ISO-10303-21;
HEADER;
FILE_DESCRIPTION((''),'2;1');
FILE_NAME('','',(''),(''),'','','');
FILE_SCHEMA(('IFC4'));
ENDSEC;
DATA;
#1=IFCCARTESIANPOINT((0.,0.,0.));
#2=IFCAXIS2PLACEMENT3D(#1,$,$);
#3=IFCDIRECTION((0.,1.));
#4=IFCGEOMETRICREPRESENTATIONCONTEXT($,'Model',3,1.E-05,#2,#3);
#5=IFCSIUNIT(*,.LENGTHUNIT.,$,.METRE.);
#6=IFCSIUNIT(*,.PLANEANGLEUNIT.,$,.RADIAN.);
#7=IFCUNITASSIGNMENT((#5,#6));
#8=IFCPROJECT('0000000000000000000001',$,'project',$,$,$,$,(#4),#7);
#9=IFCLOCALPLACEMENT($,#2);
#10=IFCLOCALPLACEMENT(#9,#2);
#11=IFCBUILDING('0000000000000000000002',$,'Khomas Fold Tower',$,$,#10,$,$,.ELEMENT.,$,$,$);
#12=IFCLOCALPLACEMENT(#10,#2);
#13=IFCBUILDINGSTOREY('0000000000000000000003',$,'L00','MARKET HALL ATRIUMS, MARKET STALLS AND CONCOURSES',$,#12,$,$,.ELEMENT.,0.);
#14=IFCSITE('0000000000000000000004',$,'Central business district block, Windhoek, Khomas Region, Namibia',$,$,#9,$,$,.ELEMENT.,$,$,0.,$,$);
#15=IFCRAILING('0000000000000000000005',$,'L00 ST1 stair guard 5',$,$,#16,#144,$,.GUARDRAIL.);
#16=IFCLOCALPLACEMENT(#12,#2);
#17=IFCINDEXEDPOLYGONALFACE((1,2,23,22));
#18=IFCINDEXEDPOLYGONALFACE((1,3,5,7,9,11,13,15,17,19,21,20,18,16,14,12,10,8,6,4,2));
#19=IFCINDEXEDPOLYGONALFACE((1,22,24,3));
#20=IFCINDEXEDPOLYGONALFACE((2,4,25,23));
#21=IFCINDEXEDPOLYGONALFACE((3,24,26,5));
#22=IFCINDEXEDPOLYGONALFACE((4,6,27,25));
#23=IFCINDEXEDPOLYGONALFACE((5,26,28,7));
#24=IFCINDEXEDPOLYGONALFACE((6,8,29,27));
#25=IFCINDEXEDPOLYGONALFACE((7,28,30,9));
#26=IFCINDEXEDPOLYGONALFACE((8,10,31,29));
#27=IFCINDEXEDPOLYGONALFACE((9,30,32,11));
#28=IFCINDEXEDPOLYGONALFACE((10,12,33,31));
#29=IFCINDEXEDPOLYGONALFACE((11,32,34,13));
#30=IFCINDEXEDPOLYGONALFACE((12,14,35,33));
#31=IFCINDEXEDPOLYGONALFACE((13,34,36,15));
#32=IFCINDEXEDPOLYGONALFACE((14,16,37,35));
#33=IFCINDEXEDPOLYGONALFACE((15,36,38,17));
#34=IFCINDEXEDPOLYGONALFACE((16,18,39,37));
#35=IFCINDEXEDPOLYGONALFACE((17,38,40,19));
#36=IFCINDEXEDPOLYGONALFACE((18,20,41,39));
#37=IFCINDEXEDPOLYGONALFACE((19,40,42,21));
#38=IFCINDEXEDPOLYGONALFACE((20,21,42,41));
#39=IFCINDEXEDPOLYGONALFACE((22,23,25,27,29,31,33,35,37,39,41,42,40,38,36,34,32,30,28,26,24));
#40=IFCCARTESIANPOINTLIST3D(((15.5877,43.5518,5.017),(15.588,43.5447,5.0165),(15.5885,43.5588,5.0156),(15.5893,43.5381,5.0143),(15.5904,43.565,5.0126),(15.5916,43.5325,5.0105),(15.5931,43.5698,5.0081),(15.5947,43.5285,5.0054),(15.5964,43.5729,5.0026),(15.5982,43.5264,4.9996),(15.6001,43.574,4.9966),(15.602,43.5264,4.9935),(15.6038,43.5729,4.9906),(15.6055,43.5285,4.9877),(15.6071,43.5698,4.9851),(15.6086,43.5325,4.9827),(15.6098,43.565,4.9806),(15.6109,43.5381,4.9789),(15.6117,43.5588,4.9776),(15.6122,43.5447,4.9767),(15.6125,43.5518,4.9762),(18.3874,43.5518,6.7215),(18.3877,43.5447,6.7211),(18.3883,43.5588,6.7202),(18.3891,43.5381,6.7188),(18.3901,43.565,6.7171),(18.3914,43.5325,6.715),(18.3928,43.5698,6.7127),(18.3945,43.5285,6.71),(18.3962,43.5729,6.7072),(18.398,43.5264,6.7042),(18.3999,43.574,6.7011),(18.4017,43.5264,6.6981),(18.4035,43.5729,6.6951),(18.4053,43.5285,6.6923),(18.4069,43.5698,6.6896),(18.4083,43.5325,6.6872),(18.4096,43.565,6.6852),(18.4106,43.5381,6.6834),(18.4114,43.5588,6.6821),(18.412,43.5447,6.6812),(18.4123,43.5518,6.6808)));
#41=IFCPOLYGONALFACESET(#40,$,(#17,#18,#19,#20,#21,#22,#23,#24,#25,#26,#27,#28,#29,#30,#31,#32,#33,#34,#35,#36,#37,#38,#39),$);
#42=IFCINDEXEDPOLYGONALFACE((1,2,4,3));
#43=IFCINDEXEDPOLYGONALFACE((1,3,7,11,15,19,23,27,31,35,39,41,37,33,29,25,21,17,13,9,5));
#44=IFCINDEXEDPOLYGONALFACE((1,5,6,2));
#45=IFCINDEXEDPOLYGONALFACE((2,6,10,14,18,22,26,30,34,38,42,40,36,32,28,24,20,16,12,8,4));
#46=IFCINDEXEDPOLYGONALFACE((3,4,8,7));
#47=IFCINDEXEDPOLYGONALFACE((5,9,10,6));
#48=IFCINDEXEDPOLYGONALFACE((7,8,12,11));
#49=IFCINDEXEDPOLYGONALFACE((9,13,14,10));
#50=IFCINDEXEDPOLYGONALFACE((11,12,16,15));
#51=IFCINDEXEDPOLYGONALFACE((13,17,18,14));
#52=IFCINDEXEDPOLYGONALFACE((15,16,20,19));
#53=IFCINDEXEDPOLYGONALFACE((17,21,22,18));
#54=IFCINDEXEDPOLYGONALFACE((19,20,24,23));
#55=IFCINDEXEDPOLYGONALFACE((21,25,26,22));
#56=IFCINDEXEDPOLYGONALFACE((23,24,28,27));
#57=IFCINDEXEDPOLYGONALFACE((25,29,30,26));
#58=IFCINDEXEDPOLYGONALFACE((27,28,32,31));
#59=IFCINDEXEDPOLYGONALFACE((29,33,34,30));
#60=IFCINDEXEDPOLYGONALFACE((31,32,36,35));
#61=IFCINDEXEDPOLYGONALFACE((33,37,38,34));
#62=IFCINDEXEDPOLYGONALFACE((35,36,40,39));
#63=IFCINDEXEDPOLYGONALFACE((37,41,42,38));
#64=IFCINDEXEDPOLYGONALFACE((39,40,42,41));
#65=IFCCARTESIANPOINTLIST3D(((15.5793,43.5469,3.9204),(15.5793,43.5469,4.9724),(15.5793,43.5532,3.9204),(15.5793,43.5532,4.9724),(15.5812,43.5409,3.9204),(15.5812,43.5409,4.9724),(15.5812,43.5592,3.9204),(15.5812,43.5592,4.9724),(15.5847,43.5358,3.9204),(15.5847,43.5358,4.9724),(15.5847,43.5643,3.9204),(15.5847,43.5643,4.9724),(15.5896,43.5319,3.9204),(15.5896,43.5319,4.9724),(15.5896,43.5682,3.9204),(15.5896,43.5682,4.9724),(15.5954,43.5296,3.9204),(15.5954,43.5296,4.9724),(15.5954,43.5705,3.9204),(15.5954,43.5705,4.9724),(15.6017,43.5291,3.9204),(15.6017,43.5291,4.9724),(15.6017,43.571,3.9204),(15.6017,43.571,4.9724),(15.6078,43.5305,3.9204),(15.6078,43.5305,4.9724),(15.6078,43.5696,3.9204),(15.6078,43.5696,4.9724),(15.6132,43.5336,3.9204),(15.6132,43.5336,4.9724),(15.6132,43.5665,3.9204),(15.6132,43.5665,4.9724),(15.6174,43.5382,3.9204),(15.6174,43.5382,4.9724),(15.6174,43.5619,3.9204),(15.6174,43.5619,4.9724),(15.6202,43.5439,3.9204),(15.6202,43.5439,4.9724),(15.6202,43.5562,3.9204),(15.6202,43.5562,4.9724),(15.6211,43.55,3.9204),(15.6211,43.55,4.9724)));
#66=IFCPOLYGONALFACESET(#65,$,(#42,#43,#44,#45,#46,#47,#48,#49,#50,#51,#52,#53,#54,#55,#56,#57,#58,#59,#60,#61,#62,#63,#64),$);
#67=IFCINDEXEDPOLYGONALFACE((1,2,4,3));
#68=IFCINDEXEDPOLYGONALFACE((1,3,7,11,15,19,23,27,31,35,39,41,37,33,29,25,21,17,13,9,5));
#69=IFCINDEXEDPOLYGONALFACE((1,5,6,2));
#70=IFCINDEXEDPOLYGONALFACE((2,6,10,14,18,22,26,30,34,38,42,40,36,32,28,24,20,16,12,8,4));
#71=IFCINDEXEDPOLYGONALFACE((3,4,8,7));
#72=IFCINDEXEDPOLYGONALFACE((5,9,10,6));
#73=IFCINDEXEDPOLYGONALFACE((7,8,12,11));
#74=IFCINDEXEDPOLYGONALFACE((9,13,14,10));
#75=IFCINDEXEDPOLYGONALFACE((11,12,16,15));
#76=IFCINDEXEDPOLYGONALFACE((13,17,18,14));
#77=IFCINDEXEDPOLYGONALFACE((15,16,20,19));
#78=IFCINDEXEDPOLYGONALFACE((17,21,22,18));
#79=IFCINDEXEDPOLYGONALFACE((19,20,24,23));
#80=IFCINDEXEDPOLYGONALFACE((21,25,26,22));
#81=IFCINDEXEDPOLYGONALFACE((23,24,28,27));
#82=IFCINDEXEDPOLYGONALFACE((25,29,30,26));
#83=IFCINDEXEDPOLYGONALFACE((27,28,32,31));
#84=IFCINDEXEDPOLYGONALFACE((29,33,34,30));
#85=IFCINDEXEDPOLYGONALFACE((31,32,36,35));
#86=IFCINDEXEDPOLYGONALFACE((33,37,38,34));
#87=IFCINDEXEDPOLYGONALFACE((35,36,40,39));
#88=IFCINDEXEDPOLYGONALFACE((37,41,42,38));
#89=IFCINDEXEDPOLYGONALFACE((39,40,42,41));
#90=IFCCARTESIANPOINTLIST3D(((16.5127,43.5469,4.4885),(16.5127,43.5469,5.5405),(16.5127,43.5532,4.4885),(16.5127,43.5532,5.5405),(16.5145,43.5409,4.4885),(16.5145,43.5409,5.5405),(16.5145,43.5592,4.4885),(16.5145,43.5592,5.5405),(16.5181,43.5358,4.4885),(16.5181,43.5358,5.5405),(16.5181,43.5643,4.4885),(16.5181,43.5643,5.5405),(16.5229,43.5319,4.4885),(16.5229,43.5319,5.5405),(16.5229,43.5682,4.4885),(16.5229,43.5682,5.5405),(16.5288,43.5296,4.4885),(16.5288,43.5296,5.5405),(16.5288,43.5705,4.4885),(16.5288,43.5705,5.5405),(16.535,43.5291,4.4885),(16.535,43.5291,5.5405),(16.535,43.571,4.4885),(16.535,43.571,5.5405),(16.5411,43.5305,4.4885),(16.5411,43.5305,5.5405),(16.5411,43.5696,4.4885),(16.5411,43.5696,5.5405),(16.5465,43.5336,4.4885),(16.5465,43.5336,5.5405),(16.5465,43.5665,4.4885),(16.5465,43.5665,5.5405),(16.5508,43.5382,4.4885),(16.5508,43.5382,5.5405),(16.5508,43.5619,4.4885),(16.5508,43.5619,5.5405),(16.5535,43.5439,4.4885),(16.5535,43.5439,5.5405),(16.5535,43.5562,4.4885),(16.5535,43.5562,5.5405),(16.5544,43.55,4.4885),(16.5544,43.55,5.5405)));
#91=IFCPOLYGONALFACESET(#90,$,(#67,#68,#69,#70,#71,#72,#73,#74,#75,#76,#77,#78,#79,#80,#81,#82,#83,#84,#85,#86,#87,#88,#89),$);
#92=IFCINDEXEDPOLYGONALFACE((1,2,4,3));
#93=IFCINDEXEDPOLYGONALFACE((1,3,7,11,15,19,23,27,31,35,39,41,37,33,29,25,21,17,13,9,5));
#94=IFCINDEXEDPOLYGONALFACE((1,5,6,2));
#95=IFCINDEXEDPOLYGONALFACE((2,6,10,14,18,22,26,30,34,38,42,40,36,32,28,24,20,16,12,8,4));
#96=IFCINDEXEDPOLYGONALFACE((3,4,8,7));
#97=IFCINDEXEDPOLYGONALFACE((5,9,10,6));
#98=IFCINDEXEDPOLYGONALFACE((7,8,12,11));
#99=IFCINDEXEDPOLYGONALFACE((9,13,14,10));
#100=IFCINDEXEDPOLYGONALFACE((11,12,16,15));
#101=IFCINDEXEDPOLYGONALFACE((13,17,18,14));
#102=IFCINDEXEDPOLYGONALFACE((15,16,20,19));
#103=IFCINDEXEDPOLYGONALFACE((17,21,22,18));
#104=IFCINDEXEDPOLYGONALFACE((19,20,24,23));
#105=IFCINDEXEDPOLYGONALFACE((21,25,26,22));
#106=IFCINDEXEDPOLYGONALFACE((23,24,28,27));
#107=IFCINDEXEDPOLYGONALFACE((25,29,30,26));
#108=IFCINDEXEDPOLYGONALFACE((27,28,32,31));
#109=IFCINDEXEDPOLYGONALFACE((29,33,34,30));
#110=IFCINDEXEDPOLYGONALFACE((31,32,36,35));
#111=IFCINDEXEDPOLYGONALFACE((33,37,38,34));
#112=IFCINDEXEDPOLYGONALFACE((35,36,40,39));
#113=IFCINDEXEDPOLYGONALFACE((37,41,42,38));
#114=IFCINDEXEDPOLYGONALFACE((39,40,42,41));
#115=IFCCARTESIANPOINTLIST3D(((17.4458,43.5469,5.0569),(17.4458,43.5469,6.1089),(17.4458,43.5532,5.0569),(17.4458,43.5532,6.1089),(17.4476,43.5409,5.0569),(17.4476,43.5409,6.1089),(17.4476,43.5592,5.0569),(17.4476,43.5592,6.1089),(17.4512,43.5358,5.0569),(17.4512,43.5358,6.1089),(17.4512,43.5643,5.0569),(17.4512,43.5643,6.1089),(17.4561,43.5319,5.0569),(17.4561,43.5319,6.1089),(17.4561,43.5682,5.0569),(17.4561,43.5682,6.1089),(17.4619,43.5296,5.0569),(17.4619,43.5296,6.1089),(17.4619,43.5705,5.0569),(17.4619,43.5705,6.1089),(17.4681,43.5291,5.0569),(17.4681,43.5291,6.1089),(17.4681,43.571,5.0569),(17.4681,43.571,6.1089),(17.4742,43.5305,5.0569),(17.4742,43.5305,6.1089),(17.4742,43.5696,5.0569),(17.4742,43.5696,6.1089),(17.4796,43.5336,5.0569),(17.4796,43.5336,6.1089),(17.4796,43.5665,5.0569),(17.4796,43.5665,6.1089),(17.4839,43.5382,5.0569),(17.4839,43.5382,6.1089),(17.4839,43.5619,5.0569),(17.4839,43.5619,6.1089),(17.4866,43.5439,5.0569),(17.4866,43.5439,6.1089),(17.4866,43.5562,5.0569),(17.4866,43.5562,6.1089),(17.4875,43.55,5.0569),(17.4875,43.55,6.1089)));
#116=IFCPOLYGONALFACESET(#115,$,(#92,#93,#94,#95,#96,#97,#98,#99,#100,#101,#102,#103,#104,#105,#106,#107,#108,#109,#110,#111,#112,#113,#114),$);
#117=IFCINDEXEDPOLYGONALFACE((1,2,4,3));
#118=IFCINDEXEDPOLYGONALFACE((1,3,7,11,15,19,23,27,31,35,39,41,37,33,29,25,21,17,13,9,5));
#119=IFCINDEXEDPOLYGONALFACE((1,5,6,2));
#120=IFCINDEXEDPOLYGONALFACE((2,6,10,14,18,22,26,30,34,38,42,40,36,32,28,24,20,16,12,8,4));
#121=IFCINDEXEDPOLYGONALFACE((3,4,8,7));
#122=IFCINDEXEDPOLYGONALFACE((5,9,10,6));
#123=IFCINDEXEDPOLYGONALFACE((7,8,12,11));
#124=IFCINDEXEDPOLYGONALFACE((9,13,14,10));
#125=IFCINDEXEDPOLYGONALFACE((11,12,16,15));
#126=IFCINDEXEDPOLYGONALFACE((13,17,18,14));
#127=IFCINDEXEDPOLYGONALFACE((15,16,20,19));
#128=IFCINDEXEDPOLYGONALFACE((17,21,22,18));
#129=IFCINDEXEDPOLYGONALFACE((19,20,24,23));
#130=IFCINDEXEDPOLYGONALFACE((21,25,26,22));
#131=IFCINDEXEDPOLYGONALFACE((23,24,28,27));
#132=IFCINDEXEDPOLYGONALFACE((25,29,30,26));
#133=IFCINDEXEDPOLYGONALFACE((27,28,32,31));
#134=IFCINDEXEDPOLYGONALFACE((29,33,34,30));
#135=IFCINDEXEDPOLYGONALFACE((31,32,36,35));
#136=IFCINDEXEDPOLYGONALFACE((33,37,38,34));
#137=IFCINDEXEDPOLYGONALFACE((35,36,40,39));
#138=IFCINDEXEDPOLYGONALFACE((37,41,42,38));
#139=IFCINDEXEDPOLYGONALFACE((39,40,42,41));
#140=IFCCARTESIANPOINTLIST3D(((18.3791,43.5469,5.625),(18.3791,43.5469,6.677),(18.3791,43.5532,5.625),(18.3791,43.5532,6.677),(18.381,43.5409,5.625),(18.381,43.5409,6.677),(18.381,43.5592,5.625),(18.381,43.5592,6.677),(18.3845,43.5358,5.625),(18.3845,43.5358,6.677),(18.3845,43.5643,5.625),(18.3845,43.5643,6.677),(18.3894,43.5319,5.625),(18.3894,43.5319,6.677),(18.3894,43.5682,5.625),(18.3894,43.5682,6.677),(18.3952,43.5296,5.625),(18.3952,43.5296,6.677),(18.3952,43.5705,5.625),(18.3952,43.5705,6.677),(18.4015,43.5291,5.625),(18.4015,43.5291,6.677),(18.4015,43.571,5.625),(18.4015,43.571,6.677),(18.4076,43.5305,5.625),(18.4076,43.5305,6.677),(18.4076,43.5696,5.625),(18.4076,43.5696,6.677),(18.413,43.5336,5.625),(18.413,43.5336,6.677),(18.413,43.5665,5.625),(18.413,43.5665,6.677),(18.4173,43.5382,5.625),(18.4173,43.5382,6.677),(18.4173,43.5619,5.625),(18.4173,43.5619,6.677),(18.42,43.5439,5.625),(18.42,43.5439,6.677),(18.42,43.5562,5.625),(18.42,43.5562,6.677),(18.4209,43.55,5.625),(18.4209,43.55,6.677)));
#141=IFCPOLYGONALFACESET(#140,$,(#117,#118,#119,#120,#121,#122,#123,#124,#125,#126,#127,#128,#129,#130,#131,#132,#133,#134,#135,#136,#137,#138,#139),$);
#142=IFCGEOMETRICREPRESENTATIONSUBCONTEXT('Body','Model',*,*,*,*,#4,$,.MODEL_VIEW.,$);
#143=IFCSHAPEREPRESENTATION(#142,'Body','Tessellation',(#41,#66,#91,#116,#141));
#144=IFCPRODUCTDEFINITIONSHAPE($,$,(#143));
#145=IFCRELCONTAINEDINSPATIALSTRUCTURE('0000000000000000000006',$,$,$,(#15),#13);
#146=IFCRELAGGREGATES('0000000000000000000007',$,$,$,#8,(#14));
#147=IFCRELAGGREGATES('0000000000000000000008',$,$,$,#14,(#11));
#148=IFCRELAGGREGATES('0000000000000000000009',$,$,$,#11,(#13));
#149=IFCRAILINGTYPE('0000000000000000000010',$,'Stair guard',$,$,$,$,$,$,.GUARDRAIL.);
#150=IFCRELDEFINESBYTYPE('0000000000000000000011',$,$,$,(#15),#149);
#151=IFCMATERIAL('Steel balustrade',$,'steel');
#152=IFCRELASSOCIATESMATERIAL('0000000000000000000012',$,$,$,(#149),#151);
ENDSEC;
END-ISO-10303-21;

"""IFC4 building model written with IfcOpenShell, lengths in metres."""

from ifc_helpers import new_model, si_unit, direction, frame, origin, origin_2d, place, context, subcontext, project, spatial, circle, extrude, source, transform, mapped, material, type_object, element, save


model = new_model("IFC4")

# Units and contexts
model_context = context("Model", 3, precision=1e-05, world=origin(), true_north=direction((0.0, 1.0)))
body_context = subcontext(model_context, "Body", "Model", "MODEL_VIEW")
ifc_project = project(units=[si_unit("LENGTHUNIT", "METRE"), si_unit("PLANEANGLEUNIT", "RADIAN")], contexts=[model_context])

# Site, building, storey
site_placement = place(None, origin())
site = spatial("IfcSite", under=ifc_project, at=site_placement, Name="Central business district block, Windhoek, Khomas Region, Namibia", CompositionType="ELEMENT", RefElevation=0.0)
building_placement = place(site_placement, origin())
building = spatial("IfcBuilding", under=site, at=building_placement, Name="Khomas Fold Tower", CompositionType="ELEMENT")
storey_placement = place(building_placement, origin())
storey = spatial("IfcBuildingStorey", under=building, at=storey_placement, Name="L00", Description="MARKET HALL ATRIUMS, MARKET STALLS AND CONCOURSES", CompositionType="ELEMENT", Elevation=0.0)

# Railing
ifc_material_1 = material(Name="Steel balustrade", Category="steel")
railing_type_1 = type_object("IfcRailingType", Name="Stair guard", PredefinedType="GUARDRAIL", material=ifc_material_1)
shared_shape_1 = source(origin(), body_context, "Body", "SweptSolid", [
    extrude(circle(Radius=0.0239, at=origin_2d()), frame((0.0, 0.0, 1.0762), z_axis=(0.85415, 0.0, 0.520027), x_axis=(0.0, 1.0, 0.0)), (0.0, 0.0, 1.0), 3.2778),
    extrude(circle(Radius=0.021, at=origin_2d()), origin(), (0.0, 0.0, 1.0), 1.052),
    extrude(circle(Radius=0.021, at=origin_2d()), frame((0.9333, 0.0, 0.5681)), (0.0, 0.0, 1.0), 1.052),
    extrude(circle(Radius=0.021, at=origin_2d()), frame((1.8665, 0.0, 1.1365)), (0.0, 0.0, 1.0), 1.052),
    extrude(circle(Radius=0.021, at=origin_2d()), frame((2.7998, 0.0, 1.7046)), (0.0, 0.0, 1.0), 1.052),
])
for number, where, name in (
    (1, (15.6001, 43.55, 3.9204), "L00 ST1 stair guard 5"),
):
    element("IfcRailing", number, at=place(storey_placement, frame(where)), inside=storey, type_object=railing_type_1, Name=name, PredefinedType="GUARDRAIL", context=body_context, shape_type="MappedRepresentation", body=[
        mapped(shared_shape_1, transform((0.0, 0.0, 0.0))),
    ])

save(model, "model.ifc")
